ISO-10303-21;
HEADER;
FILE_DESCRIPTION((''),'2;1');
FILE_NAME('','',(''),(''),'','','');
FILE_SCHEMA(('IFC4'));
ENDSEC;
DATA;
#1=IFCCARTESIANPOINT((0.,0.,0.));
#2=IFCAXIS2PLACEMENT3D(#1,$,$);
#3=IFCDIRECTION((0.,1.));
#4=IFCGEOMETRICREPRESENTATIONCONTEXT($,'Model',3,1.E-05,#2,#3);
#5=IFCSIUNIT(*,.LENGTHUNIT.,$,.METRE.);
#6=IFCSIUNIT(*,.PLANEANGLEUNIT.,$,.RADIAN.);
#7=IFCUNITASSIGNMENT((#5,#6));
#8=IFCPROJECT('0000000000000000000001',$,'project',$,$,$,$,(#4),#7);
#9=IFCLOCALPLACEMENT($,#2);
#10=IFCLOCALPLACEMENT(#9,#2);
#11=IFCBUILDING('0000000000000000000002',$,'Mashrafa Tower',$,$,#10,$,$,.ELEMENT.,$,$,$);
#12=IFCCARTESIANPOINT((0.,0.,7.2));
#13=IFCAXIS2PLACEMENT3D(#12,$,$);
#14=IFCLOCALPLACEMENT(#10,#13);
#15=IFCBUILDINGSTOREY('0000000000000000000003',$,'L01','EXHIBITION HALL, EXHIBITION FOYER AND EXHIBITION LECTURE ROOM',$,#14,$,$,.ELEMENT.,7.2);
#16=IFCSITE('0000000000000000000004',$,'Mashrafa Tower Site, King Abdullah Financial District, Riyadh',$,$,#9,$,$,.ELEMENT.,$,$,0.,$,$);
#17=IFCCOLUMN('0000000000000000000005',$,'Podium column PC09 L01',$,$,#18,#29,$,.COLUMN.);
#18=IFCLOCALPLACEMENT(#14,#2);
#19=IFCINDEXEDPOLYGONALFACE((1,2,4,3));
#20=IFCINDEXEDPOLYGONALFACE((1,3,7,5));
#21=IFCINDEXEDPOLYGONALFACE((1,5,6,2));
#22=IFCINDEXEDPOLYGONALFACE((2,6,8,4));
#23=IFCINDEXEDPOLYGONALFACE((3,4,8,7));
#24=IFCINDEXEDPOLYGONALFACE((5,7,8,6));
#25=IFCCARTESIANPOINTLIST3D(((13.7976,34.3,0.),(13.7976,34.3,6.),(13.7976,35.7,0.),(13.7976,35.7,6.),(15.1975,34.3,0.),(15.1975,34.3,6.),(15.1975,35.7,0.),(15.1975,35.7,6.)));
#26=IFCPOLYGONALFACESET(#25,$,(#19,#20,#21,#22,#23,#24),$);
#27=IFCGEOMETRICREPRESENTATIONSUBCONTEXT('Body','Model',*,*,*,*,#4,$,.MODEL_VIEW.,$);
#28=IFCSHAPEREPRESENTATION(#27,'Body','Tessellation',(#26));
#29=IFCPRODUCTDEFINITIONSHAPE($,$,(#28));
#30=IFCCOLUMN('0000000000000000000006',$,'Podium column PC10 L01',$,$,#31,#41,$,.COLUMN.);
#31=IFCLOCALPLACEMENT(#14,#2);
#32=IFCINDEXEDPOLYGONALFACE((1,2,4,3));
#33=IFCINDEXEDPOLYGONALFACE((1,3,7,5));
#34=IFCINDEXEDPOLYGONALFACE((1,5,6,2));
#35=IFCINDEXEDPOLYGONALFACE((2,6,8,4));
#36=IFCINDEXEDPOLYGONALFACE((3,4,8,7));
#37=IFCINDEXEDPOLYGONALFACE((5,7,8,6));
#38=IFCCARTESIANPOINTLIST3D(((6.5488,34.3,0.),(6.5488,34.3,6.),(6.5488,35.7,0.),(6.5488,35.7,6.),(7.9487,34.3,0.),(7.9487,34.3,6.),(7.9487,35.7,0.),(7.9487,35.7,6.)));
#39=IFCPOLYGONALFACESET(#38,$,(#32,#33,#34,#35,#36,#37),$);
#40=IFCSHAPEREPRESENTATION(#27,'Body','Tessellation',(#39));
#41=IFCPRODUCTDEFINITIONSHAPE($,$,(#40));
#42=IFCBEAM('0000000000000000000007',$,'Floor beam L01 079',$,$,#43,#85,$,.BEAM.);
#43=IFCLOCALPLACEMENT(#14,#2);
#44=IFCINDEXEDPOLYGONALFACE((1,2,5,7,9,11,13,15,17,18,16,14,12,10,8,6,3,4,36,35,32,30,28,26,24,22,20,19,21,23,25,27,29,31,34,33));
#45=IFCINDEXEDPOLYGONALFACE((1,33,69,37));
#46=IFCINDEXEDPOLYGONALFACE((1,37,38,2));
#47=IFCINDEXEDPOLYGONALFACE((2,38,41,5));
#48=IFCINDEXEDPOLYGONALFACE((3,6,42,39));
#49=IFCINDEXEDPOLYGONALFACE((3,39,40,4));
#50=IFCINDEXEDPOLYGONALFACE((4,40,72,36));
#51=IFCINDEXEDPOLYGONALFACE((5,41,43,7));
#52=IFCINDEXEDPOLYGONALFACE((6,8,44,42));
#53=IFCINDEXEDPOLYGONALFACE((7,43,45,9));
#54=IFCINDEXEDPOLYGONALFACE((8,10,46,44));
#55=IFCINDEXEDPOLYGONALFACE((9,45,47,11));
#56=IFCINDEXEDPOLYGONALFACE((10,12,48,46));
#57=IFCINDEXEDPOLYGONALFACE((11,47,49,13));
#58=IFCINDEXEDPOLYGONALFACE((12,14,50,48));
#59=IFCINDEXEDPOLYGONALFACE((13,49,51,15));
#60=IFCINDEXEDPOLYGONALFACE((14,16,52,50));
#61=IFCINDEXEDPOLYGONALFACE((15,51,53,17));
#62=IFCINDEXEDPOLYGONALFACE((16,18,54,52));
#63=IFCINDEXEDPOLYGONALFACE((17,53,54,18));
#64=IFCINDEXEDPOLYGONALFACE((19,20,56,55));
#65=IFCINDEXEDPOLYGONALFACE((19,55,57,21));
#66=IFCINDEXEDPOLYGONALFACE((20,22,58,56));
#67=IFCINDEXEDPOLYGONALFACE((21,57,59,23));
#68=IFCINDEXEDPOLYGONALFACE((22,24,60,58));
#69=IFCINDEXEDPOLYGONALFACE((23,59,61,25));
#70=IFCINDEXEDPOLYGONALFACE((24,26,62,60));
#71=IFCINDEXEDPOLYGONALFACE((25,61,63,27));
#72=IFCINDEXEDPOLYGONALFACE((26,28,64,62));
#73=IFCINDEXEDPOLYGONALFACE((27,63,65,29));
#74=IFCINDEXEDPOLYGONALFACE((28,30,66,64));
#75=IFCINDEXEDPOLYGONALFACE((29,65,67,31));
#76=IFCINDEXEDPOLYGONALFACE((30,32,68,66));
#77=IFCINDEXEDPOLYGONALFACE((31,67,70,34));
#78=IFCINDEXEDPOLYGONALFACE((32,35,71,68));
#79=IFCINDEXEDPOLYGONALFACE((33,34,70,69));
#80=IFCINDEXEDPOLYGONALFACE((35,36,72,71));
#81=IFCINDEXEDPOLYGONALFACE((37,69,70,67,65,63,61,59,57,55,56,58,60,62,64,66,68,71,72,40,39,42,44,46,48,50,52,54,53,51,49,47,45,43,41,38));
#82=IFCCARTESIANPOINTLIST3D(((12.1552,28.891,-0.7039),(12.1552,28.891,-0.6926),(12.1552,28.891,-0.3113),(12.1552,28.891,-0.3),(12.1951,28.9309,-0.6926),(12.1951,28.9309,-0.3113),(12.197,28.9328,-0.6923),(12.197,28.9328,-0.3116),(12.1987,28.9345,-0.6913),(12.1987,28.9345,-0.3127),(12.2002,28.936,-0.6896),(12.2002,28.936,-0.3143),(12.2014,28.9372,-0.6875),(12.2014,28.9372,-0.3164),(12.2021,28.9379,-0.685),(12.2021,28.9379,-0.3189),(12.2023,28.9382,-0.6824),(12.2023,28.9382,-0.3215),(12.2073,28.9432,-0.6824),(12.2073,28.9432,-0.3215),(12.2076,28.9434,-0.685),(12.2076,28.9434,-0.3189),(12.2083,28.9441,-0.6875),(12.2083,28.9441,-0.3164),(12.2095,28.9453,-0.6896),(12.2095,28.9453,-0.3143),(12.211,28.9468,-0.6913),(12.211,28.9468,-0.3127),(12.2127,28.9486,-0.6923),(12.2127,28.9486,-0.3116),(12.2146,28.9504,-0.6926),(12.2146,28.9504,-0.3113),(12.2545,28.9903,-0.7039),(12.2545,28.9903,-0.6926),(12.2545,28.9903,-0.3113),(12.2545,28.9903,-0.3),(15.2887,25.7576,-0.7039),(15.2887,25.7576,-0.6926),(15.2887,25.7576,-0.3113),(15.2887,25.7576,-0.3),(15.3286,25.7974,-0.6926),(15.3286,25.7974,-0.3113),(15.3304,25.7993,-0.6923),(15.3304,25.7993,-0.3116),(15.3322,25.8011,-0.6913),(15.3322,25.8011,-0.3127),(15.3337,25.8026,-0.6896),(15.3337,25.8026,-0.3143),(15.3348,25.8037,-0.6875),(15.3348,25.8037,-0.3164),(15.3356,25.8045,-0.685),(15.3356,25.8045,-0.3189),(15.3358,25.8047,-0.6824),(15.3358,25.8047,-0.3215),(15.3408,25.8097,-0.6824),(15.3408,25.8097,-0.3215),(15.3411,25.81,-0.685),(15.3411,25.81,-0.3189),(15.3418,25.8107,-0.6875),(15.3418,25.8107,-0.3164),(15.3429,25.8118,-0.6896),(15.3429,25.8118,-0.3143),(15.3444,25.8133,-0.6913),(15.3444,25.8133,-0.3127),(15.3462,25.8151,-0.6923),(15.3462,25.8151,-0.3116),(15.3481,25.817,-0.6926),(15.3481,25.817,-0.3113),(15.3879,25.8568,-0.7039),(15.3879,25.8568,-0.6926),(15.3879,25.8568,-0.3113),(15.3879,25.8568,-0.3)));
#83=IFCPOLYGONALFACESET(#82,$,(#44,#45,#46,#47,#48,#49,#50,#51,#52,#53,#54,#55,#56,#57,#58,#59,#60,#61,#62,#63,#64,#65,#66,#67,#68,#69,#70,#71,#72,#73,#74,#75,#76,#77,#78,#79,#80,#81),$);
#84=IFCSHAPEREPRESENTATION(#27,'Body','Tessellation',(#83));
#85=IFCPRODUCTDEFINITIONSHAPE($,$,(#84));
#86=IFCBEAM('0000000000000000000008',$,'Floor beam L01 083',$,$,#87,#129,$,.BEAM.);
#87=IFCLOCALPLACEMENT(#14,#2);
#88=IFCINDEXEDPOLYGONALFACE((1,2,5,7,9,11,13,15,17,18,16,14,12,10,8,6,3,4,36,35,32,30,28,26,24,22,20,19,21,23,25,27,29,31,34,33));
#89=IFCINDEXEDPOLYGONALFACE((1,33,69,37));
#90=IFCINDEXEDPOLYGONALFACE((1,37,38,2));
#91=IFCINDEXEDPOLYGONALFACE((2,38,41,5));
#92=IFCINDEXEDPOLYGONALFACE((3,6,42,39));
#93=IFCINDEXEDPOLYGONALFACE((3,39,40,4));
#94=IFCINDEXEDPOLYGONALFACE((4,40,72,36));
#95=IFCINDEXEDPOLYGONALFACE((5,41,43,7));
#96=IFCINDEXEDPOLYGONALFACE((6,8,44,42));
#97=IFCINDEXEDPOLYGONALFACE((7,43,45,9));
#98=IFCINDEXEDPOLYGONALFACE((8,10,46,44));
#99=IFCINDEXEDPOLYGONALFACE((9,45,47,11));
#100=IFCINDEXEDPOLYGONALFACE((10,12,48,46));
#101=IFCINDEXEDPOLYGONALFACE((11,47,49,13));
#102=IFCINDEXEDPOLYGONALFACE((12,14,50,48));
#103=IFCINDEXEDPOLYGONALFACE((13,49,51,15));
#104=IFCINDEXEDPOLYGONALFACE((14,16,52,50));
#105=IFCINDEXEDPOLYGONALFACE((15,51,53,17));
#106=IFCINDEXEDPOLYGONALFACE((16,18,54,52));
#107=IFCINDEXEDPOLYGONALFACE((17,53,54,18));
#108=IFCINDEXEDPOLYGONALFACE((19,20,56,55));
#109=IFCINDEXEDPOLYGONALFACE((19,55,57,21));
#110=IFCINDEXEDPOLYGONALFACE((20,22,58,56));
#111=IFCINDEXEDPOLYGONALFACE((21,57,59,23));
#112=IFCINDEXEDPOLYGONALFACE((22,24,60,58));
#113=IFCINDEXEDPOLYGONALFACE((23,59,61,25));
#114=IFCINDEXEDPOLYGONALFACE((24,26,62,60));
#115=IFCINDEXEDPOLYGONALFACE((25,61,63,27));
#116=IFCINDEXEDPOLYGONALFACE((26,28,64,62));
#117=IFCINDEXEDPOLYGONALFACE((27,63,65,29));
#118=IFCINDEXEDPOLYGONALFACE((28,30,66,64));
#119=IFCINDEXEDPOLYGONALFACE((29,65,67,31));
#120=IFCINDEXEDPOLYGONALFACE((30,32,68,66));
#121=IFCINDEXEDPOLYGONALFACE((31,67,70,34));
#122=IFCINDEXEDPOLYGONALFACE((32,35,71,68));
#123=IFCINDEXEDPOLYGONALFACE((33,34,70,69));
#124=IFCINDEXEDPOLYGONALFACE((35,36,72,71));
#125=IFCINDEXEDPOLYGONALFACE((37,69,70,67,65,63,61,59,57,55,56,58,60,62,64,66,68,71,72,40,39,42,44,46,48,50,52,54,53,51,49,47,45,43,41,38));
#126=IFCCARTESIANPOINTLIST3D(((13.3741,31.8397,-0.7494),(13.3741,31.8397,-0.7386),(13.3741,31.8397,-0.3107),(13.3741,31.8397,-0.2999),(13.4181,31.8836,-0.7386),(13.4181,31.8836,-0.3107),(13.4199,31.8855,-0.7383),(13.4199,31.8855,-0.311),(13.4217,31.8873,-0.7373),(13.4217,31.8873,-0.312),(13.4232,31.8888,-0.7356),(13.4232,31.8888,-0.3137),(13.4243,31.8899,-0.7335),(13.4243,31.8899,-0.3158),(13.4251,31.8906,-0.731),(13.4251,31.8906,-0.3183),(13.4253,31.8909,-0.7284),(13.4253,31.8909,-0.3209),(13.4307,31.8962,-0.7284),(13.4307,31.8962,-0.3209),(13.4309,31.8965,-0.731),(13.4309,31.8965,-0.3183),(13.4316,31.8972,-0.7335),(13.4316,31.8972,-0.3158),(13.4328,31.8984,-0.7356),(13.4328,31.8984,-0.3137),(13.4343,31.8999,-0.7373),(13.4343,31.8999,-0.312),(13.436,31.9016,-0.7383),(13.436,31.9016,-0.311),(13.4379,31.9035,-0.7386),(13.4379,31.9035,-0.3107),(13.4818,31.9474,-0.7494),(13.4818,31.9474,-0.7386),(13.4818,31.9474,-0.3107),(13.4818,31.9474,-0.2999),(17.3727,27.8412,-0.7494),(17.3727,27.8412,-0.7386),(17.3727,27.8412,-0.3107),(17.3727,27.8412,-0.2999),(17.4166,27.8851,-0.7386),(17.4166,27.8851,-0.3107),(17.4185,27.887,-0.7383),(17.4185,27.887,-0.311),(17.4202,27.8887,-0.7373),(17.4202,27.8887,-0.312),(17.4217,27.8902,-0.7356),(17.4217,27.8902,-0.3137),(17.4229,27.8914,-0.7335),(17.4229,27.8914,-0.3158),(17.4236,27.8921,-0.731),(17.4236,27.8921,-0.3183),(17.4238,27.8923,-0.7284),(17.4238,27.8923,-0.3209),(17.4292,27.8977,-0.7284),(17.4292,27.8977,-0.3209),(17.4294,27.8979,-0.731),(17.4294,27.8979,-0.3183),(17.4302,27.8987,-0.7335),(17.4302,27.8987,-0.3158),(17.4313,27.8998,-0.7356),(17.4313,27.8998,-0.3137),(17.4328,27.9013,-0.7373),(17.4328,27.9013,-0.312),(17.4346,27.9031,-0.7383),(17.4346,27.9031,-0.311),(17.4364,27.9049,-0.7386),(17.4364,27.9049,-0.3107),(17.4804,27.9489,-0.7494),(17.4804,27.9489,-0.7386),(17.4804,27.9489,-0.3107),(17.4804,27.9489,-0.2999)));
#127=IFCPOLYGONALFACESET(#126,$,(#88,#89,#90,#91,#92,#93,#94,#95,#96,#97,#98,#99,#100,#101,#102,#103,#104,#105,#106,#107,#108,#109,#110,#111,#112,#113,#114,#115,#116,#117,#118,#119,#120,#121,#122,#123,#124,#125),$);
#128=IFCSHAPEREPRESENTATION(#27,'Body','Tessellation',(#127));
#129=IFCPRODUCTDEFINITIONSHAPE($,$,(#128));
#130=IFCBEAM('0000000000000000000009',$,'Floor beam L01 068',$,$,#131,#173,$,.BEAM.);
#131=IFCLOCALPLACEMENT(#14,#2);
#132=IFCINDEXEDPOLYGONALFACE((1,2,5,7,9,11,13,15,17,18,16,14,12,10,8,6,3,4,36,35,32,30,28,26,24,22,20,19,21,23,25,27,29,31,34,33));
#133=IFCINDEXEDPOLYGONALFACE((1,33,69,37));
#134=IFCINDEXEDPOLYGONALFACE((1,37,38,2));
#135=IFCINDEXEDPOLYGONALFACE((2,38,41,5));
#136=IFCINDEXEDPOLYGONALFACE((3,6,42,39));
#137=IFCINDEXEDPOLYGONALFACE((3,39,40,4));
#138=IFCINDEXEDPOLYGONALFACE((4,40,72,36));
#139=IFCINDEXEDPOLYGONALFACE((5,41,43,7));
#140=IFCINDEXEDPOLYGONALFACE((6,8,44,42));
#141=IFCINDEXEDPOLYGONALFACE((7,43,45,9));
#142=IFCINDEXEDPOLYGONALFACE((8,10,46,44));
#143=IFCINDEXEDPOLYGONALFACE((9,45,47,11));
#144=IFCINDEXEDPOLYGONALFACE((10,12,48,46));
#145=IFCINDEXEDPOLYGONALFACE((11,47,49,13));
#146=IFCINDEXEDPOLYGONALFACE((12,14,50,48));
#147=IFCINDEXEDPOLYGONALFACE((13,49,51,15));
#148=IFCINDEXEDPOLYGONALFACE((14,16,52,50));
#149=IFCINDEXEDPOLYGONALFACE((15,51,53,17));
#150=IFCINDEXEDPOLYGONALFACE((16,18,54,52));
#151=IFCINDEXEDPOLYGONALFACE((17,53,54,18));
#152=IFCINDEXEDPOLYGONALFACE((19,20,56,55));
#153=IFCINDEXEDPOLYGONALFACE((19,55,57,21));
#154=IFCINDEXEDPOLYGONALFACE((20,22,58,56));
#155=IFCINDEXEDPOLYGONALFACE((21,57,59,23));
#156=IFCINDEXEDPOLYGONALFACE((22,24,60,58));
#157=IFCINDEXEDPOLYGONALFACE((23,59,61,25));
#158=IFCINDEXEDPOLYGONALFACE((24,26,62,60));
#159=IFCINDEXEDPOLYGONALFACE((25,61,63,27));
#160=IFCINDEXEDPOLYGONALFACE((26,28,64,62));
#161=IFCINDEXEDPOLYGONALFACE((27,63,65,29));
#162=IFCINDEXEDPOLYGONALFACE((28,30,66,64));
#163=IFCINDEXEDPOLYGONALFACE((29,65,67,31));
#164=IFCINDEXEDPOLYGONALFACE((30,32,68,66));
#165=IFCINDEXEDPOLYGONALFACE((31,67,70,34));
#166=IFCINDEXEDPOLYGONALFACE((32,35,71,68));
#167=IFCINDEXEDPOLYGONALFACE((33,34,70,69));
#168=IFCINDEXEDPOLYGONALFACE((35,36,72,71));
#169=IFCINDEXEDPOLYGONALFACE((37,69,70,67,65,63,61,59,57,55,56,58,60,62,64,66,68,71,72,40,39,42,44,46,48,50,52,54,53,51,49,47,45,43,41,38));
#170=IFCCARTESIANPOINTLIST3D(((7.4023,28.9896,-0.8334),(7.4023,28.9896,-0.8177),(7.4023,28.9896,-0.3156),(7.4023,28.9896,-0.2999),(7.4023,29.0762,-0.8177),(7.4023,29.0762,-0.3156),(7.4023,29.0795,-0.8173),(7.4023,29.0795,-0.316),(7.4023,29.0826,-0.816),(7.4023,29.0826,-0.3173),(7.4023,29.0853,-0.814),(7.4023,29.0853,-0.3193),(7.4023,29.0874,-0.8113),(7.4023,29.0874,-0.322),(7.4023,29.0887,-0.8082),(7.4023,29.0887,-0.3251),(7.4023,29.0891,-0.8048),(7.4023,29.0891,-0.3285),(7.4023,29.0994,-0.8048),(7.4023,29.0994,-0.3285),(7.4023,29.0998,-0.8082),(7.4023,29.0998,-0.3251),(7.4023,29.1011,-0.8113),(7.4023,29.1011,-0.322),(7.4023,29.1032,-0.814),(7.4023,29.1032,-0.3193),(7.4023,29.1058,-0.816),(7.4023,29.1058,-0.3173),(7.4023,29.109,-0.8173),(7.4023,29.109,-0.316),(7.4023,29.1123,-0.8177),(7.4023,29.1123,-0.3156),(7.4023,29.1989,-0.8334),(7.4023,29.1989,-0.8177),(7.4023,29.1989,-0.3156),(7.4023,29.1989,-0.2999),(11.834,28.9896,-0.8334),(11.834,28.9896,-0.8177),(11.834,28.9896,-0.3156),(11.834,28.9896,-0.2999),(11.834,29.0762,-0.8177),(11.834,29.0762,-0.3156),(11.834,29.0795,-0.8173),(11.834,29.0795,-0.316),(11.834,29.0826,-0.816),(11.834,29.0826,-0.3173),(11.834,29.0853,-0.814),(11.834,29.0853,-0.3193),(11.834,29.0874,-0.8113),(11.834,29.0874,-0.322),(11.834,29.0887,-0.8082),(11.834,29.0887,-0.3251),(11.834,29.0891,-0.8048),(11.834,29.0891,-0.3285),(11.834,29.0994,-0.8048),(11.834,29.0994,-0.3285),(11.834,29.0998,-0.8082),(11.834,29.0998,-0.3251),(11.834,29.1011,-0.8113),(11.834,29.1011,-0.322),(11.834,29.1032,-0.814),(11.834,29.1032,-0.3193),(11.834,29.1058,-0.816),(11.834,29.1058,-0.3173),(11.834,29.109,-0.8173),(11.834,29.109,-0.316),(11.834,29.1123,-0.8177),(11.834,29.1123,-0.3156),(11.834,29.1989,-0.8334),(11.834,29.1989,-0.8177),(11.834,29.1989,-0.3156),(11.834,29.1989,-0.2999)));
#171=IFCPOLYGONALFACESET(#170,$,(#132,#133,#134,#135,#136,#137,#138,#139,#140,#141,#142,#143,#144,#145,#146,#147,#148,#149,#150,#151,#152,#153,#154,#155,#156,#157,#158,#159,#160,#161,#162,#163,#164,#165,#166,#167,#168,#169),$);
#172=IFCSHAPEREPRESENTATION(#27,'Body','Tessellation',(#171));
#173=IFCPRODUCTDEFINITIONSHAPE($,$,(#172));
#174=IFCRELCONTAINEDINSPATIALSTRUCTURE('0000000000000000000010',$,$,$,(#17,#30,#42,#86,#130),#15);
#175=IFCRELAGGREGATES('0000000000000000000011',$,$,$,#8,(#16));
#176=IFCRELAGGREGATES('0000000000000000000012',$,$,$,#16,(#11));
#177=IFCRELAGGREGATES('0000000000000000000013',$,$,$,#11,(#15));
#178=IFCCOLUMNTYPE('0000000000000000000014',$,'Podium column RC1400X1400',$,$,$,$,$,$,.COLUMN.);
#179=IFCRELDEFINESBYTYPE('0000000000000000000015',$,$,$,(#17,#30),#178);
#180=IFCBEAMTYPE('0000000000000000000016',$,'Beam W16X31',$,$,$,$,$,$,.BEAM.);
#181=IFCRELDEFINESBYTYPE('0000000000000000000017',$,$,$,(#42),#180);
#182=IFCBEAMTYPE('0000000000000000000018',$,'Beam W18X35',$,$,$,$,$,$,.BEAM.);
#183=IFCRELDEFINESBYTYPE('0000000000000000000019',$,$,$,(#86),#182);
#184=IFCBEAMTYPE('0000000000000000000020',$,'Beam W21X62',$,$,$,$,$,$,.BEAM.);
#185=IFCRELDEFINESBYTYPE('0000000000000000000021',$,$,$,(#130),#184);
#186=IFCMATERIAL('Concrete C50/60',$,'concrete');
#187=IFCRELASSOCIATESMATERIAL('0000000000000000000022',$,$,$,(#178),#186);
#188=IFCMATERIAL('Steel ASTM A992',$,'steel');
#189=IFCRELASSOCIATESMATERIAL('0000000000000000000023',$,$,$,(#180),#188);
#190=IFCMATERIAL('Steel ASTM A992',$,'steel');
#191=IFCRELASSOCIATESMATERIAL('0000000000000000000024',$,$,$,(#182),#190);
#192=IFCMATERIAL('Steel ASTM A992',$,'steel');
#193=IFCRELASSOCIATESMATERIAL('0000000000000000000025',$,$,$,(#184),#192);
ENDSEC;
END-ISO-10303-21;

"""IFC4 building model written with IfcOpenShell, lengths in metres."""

from ifc_helpers import new_model, si_unit, direction, frame, origin, origin_2d, place, context, subcontext, project, spatial, rectangle, i_section, extrude, material, material_profile, profile_set, type_object, element, save


model = new_model("IFC4")

# Units and contexts
model_context = context("Model", 3, precision=1e-05, world=origin(), true_north=direction((0.0, 1.0)))
body_context = subcontext(model_context, "Body", "Model", "MODEL_VIEW")
ifc_project = project(units=[si_unit("LENGTHUNIT", "METRE"), si_unit("PLANEANGLEUNIT", "RADIAN")], contexts=[model_context])

# Site, building, storey
site_placement = place(None, origin())
site = spatial("IfcSite", under=ifc_project, at=site_placement, Name="Mashrafa Tower Site, King Abdullah Financial District, Riyadh", CompositionType="ELEMENT", RefElevation=0.0)
building_placement = place(site_placement, origin())
building = spatial("IfcBuilding", under=site, at=building_placement, Name="Mashrafa Tower", CompositionType="ELEMENT")
storey_placement = place(building_placement, frame((0.0, 0.0, 7.2)))
storey = spatial("IfcBuildingStorey", under=building, at=storey_placement, Name="L01", Description="EXHIBITION HALL, EXHIBITION FOYER AND EXHIBITION LECTURE ROOM", CompositionType="ELEMENT", Elevation=7.2)

# Columns
ifc_material_1 = material(Name="Concrete C50/60", Category="concrete")
ifc_material_profile_1 = material_profile(ifc_material_1, rectangle(XDim=1.3999, YDim=1.3999, at=origin_2d()), Name="RC1400X1400")
ifc_profile_set_1 = profile_set([ifc_material_profile_1], Name="Concrete C50/60")
column_type = type_object("IfcColumnType", Name="Podium column RC1400X1400", PredefinedType="COLUMN", material=ifc_profile_set_1)
for number, where, z_axis, x_axis, name in (
    (1, (14.4976, 35.0, 0.0), (0.0, 0.0, 1.0), (1.0, 0.0, 0.0), "Podium column PC09 L01"),
    (2, (7.2488, 35.0, 0.0), (0.0, 0.0, 1.0), (1.0, 0.0, 0.0), "Podium column PC10 L01"),
):
    element("IfcColumn", number, at=place(storey_placement, frame(where, z_axis=z_axis, x_axis=x_axis)), inside=storey, type_object=column_type, Name=name, PredefinedType="COLUMN", context=body_context, shape_type="SweptSolid", body=[
        extrude(rectangle(XDim=1.3999, YDim=1.3999, at=origin_2d()), origin(), (0.0, 0.0, 1.0), 6.0),
    ])

# Beams
ifc_material_2 = material(Name="Steel ASTM A992", Category="steel")
ifc_material_profile_2 = material_profile(ifc_material_2, i_section(OverallWidth=0.1404, OverallDepth=0.4038, WebThickness=0.0071, FlangeThickness=0.0112, FilletRadius=0.0103, at=origin_2d()), Name="W16X31")
ifc_profile_set_2 = profile_set([ifc_material_profile_2], Name="Steel ASTM A992")
beam_type_1 = type_object("IfcBeamType", Name="Beam W16X31", PredefinedType="BEAM", material=ifc_profile_set_2)
beam_1_placement = place(storey_placement, frame((12.2048, 28.9407, -0.502), z_axis=(0.707107, -0.707107, 0.0), x_axis=(0.707107, 0.707107, 0.0)))
element("IfcBeam", 3, at=beam_1_placement, inside=storey, type_object=beam_type_1, Name="Floor beam L01 079", PredefinedType="BEAM", context=body_context, shape_type="SweptSolid", body=[
    extrude(i_section(OverallWidth=0.1404, OverallDepth=0.4038, WebThickness=0.0071, FlangeThickness=0.0112, FilletRadius=0.0103, at=origin_2d()), origin(), (0.0, 0.0, 1.0), 4.4314),
])
ifc_material_3 = material(Name="Steel ASTM A992", Category="steel")
ifc_material_profile_3 = material_profile(ifc_material_3, i_section(OverallWidth=0.1523, OverallDepth=0.4495, WebThickness=0.0076, FlangeThickness=0.0107, FilletRadius=0.0103, at=origin_2d()), Name="W18X35")
ifc_profile_set_3 = profile_set([ifc_material_profile_3], Name="Steel ASTM A992")
beam_type_2 = type_object("IfcBeamType", Name="Beam W18X35", PredefinedType="BEAM", material=ifc_profile_set_3)
beam_2_placement = place(storey_placement, frame((13.428, 31.8936, -0.5247), z_axis=(0.707107, -0.707107, 0.0), x_axis=(0.707107, 0.707107, 0.0)))
element("IfcBeam", 4, at=beam_2_placement, inside=storey, type_object=beam_type_2, Name="Floor beam L01 083", PredefinedType="BEAM", context=body_context, shape_type="SweptSolid", body=[
    extrude(i_section(OverallWidth=0.1523, OverallDepth=0.4495, WebThickness=0.0076, FlangeThickness=0.0107, FilletRadius=0.0103, at=origin_2d()), origin(), (0.0, 0.0, 1.0), 5.6548),
])
ifc_material_4 = material(Name="Steel ASTM A992", Category="steel")
ifc_material_profile_4 = material_profile(ifc_material_4, i_section(OverallWidth=0.2092, OverallDepth=0.5334, WebThickness=0.0103, FlangeThickness=0.0156, FilletRadius=0.0129, at=origin_2d()), Name="W21X62")
ifc_profile_set_4 = profile_set([ifc_material_profile_4], Name="Steel ASTM A992")
beam_type_3 = type_object("IfcBeamType", Name="Beam W21X62", PredefinedType="BEAM", material=ifc_profile_set_4)
beam_3_placement = place(storey_placement, frame((7.4023, 29.0942, -0.5667), z_axis=(1.0, 0.0, 0.0), x_axis=(0.0, 1.0, 0.0)))
element("IfcBeam", 5, at=beam_3_placement, inside=storey, type_object=beam_type_3, Name="Floor beam L01 068", PredefinedType="BEAM", context=body_context, shape_type="SweptSolid", body=[
    extrude(i_section(OverallWidth=0.2092, OverallDepth=0.5334, WebThickness=0.0103, FlangeThickness=0.0156, FilletRadius=0.0129, at=origin_2d()), origin(), (0.0, 0.0, 1.0), 4.4316),
])

save(model, "model.ifc")
